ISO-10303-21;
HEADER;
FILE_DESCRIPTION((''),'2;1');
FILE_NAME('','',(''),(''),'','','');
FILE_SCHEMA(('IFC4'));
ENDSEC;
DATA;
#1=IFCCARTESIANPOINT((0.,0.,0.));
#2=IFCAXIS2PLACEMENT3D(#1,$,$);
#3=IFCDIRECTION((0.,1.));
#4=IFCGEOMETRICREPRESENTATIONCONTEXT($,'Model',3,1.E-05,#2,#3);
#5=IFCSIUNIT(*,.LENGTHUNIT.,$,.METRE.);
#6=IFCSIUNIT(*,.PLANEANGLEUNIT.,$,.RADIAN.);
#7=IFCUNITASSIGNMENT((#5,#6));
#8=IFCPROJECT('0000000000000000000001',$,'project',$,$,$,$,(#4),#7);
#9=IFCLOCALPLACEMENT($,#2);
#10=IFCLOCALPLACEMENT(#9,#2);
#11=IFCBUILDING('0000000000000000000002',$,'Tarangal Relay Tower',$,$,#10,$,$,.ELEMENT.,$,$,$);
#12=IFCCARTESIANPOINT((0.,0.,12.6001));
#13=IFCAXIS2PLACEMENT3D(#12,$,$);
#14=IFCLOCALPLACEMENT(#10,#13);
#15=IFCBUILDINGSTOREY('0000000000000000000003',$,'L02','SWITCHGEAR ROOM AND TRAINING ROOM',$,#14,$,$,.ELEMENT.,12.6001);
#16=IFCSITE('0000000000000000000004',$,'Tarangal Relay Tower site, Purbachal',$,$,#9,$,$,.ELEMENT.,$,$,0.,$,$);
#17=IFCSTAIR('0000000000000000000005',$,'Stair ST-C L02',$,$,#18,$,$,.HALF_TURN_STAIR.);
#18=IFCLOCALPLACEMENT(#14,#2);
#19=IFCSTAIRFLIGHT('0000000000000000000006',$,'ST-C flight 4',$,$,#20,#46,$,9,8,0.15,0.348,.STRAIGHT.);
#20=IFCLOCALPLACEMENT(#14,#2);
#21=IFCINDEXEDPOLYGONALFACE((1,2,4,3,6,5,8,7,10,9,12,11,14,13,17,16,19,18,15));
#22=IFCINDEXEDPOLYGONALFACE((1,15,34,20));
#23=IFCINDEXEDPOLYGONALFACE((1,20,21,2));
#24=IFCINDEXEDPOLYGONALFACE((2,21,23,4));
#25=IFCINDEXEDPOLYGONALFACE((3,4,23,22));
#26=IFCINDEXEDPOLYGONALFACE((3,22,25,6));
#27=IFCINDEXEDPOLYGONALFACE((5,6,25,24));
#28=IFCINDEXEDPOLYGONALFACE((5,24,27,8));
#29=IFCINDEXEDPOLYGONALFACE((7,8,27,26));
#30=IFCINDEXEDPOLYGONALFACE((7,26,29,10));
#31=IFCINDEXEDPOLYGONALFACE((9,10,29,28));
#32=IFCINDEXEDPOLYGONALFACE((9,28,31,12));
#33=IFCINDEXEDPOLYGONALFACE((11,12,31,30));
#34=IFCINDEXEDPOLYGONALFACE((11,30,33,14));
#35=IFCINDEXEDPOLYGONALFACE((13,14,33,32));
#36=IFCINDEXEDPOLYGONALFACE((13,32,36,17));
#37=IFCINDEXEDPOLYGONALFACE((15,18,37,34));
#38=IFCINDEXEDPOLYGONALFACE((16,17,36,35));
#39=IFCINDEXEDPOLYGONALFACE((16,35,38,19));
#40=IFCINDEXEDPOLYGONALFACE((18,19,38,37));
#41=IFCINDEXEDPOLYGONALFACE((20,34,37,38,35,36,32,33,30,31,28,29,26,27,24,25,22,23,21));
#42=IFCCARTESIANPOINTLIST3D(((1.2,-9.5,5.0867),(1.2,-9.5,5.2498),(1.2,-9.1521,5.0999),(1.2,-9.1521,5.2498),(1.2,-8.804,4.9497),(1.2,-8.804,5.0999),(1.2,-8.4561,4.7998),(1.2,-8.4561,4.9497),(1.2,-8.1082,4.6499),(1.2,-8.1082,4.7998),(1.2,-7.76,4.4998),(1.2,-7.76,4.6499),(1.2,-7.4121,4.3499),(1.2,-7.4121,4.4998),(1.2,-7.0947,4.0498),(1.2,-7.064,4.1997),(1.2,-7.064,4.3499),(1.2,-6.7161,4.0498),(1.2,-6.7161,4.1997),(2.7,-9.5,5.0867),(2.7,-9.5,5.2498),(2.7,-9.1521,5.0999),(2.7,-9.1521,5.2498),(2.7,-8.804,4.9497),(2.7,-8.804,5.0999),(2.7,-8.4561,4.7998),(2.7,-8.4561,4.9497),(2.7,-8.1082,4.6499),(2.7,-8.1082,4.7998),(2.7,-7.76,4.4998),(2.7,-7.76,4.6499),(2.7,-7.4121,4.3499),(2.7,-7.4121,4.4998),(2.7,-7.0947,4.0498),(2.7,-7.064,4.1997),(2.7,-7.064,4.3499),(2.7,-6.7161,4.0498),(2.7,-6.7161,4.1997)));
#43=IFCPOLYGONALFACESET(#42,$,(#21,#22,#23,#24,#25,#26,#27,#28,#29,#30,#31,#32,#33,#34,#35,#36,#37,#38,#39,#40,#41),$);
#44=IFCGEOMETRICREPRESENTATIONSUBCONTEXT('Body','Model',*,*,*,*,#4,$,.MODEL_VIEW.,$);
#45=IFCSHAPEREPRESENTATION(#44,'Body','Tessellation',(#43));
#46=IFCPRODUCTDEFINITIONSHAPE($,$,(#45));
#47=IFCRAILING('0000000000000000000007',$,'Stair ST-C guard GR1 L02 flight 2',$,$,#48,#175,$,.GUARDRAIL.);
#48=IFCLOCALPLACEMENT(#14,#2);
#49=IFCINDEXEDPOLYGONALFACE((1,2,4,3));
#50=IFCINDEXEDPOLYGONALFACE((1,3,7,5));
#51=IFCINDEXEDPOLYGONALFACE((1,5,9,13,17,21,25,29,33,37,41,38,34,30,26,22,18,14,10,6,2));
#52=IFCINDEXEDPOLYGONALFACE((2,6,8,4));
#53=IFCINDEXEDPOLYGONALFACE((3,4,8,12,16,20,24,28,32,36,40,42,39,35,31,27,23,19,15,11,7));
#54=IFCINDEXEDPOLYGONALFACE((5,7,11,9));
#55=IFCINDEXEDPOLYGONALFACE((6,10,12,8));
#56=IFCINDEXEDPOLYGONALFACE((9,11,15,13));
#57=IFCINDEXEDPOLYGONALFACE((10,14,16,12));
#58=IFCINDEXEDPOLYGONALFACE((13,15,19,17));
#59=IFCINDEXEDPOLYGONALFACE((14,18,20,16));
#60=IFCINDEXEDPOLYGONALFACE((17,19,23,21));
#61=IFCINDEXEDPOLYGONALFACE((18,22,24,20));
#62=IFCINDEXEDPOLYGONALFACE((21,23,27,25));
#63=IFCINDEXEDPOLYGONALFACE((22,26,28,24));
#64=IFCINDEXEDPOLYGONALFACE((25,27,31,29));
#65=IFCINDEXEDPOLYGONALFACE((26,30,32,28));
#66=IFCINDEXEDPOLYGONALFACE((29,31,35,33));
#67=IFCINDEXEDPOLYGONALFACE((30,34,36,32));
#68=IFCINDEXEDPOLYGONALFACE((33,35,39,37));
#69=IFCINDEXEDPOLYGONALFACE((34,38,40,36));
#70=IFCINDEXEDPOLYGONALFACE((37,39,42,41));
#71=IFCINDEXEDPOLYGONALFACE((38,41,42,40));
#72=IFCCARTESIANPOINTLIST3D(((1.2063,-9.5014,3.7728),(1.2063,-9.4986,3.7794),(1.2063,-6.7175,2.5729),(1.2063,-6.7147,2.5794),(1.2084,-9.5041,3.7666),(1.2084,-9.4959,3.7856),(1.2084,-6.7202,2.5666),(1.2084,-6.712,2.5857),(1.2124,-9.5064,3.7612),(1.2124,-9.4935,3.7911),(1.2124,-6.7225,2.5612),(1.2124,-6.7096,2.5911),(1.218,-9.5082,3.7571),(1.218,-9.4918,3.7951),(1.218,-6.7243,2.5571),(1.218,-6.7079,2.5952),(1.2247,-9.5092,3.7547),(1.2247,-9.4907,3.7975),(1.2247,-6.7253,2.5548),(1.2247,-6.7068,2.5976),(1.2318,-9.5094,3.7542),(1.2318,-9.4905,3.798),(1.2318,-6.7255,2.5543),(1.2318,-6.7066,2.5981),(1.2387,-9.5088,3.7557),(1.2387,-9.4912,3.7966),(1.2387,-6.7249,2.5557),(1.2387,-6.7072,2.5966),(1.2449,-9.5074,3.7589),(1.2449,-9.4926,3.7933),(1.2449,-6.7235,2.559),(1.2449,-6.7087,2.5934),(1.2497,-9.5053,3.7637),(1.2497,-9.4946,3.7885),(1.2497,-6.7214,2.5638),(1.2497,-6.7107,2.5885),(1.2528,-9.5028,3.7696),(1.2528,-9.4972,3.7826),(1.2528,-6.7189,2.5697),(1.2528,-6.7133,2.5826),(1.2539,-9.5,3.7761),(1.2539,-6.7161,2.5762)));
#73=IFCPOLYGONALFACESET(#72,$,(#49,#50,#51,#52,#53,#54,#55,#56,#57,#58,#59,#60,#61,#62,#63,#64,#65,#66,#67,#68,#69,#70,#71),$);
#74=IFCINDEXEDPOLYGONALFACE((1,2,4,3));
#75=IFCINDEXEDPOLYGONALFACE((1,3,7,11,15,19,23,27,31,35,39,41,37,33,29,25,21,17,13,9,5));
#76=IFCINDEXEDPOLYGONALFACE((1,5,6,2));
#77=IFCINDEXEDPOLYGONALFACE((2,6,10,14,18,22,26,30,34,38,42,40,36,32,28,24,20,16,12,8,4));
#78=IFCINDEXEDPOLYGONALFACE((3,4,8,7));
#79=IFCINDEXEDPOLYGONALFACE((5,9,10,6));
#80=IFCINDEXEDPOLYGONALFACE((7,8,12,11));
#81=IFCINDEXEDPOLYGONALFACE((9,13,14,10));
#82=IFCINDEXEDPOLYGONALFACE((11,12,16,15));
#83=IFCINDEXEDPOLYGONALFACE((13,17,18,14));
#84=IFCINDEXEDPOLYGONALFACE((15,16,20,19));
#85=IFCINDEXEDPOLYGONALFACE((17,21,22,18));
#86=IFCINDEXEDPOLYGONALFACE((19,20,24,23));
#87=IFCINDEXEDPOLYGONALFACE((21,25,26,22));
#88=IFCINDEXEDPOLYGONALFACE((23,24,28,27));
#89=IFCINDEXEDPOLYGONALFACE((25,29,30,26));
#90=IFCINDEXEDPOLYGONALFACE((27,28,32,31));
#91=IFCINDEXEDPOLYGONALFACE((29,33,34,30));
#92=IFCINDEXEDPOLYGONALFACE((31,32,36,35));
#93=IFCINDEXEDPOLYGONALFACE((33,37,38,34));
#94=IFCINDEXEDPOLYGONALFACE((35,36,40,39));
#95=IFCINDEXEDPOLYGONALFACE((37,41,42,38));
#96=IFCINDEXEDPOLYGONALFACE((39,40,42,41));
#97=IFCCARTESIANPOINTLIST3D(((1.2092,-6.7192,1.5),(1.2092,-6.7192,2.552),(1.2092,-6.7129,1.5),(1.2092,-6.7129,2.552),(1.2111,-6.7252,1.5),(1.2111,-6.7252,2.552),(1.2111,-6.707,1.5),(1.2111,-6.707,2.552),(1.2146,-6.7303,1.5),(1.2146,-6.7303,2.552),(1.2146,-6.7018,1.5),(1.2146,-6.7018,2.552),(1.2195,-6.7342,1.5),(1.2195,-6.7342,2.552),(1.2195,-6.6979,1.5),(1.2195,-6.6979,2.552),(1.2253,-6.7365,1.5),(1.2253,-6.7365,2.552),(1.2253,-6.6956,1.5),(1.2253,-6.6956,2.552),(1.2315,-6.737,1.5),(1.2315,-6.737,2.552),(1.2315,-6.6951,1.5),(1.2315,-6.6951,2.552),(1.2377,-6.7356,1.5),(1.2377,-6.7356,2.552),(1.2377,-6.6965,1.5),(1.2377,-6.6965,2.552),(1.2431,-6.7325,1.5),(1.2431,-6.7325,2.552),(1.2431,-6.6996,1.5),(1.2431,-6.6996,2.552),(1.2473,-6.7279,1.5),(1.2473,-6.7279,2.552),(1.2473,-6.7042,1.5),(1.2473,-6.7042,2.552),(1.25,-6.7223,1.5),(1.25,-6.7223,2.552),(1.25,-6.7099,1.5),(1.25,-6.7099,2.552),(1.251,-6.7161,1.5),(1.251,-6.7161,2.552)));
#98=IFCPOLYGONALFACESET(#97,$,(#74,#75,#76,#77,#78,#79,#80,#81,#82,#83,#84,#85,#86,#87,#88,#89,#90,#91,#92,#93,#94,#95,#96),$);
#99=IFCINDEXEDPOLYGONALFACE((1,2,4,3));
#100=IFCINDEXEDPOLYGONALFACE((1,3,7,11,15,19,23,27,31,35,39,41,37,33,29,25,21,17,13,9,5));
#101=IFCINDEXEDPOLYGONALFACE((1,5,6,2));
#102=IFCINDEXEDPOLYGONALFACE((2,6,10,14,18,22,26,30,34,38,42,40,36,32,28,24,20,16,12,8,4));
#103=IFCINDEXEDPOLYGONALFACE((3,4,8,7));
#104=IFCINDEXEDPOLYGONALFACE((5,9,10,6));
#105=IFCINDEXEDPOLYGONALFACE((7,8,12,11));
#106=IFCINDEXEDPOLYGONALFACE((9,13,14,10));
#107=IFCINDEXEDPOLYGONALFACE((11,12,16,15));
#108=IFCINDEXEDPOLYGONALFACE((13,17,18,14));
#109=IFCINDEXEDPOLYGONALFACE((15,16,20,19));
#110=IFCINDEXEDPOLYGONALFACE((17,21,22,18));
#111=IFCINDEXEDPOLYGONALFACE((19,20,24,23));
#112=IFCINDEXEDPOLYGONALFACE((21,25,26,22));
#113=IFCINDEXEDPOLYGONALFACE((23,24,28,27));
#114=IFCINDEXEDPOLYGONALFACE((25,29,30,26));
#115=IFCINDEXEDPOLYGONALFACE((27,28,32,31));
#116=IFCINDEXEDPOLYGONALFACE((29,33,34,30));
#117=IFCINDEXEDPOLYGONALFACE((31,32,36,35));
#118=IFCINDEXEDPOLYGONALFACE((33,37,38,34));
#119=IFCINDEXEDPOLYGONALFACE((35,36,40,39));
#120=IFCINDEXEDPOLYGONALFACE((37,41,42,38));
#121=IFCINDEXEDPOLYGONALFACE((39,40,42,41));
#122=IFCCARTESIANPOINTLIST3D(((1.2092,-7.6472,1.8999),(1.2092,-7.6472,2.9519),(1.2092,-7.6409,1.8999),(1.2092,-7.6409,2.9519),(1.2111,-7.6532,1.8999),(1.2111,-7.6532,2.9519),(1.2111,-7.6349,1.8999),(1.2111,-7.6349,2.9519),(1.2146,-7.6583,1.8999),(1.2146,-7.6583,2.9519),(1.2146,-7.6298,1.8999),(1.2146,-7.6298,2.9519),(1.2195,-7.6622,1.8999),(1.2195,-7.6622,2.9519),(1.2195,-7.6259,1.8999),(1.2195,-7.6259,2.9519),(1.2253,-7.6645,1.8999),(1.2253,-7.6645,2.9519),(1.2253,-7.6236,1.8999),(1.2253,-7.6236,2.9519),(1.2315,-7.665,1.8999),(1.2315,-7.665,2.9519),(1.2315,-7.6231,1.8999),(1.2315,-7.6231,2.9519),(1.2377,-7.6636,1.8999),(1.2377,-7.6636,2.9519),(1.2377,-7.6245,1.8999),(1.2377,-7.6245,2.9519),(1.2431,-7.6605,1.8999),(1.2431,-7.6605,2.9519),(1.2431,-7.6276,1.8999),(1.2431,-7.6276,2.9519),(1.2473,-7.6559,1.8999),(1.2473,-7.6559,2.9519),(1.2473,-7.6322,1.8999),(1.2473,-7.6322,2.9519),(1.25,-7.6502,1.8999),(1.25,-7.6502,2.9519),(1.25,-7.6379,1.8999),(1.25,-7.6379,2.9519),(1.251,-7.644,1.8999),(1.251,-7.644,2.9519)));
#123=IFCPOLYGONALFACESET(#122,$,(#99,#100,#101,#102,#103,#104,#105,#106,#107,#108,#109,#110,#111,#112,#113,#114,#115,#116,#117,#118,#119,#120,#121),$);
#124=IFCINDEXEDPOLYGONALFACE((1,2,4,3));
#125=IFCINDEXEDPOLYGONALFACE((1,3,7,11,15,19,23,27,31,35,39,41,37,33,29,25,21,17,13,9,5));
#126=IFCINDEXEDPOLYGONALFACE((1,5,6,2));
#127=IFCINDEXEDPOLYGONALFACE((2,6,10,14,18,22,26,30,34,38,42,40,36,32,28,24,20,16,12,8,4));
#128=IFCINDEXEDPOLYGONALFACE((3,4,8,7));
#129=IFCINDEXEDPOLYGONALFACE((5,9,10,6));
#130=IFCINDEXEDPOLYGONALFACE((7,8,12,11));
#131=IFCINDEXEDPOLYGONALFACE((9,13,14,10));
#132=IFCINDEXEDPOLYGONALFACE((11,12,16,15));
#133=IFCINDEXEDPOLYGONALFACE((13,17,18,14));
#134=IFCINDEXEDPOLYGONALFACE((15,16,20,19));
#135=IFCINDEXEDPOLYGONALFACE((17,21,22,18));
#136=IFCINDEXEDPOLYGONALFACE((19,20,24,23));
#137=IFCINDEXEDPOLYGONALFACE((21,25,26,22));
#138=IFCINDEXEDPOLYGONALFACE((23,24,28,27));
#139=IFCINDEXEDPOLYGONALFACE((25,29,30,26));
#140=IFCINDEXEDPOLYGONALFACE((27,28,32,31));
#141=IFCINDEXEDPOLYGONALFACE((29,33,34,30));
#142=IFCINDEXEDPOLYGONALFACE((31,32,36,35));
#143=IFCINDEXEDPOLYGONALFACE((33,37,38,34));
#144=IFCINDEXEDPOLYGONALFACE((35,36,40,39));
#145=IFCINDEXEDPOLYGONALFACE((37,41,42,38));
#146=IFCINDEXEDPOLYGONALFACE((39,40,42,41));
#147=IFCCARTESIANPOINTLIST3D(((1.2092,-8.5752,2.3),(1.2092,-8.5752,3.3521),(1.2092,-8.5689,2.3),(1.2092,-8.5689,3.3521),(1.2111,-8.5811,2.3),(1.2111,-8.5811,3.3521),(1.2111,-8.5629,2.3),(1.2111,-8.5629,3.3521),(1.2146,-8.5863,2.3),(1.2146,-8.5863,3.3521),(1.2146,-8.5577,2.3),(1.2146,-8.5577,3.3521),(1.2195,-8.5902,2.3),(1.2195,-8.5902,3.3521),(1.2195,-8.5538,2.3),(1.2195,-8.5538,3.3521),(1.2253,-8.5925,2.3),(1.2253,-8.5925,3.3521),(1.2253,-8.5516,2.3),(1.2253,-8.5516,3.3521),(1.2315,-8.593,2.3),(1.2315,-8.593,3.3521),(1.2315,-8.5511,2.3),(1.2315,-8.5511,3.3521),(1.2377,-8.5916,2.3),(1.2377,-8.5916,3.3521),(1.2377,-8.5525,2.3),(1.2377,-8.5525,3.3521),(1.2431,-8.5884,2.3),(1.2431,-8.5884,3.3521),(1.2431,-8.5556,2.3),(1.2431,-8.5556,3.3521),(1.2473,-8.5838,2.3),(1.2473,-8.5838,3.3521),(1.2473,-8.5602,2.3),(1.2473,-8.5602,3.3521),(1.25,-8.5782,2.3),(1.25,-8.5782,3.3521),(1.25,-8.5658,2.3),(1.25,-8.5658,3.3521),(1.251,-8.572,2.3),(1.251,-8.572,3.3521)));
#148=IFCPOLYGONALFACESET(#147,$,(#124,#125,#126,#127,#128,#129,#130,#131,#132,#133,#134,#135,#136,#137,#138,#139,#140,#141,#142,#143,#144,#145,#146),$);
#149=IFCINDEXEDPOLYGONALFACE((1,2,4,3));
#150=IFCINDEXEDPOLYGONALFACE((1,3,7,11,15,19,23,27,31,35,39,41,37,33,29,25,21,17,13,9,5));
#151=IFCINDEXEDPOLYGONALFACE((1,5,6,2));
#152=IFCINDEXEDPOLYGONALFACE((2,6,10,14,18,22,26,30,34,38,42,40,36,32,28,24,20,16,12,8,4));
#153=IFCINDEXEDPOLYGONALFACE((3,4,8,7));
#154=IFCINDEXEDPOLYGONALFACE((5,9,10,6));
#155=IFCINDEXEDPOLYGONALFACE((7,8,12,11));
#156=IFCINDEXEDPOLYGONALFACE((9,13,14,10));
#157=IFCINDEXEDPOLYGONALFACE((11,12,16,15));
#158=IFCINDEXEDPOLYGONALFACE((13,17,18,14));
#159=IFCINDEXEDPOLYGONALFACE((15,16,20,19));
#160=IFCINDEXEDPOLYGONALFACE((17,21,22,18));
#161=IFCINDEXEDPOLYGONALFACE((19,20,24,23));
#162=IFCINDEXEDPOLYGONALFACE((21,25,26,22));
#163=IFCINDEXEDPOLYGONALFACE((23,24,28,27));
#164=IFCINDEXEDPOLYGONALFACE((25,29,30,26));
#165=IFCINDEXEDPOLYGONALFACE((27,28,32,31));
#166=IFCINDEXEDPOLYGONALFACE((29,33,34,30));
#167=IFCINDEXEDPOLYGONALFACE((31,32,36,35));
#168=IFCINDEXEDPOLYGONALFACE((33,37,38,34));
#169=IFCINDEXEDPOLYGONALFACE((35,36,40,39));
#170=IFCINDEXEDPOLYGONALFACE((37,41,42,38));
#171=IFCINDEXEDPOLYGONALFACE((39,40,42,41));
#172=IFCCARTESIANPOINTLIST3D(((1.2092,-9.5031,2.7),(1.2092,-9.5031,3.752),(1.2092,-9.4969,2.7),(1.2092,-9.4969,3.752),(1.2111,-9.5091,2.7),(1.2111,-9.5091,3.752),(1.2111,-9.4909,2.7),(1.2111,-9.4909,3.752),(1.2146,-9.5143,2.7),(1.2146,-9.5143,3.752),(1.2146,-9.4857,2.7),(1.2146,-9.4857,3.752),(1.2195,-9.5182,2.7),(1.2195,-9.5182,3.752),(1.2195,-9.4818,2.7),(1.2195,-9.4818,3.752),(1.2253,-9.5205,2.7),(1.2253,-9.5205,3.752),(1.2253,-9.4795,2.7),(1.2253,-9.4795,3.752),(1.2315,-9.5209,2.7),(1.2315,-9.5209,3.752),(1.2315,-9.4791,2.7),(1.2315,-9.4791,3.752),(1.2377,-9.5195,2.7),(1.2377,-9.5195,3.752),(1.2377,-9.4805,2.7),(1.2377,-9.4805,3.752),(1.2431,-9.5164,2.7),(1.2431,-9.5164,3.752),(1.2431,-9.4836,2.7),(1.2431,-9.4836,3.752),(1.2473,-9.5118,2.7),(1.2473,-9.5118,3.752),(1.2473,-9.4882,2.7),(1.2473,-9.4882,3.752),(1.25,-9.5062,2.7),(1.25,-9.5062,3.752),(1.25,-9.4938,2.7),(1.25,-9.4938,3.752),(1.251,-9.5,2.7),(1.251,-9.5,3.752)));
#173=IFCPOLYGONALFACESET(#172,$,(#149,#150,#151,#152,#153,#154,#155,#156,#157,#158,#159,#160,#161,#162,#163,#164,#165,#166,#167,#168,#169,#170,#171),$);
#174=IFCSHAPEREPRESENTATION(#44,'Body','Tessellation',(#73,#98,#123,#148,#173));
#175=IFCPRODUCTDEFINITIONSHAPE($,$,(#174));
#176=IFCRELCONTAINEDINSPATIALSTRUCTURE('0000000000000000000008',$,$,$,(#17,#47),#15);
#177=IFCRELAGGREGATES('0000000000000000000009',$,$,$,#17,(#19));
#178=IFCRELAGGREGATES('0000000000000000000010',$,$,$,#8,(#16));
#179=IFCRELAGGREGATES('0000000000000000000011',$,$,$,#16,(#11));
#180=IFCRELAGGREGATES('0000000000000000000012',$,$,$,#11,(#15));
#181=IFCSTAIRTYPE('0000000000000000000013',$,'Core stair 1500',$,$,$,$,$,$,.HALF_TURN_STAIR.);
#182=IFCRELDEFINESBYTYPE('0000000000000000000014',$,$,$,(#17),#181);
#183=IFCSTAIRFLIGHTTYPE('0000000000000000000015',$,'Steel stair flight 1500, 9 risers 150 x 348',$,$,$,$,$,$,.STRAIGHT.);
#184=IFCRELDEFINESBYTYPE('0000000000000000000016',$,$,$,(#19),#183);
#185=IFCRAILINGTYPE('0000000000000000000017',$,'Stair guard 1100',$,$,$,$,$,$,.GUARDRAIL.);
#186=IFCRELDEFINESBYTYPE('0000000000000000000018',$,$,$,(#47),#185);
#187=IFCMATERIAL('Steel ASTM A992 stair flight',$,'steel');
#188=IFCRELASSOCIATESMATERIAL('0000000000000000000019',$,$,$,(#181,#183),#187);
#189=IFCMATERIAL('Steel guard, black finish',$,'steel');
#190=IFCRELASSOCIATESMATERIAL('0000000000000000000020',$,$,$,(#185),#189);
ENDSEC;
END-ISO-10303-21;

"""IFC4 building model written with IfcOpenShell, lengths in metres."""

from ifc_helpers import new_model, si_unit, direction, frame, origin, origin_2d, place, context, subcontext, project, spatial, polyline, circle, outline, extrude, material, type_object, element, aggregate, save


model = new_model("IFC4")

# Units and contexts
model_context = context("Model", 3, precision=1e-05, world=origin(), true_north=direction((0.0, 1.0)))
body_context = subcontext(model_context, "Body", "Model", "MODEL_VIEW")
ifc_project = project(units=[si_unit("LENGTHUNIT", "METRE"), si_unit("PLANEANGLEUNIT", "RADIAN")], contexts=[model_context])

# Site, building, storey
site_placement = place(None, origin())
site = spatial("IfcSite", under=ifc_project, at=site_placement, Name="Tarangal Relay Tower site, Purbachal", CompositionType="ELEMENT", RefElevation=0.0)
building_placement = place(site_placement, origin())
building = spatial("IfcBuilding", under=site, at=building_placement, Name="Tarangal Relay Tower", CompositionType="ELEMENT")
storey_placement = place(building_placement, frame((0.0, 0.0, 12.6001)))
storey = spatial("IfcBuildingStorey", under=building, at=storey_placement, Name="L02", Description="SWITCHGEAR ROOM AND TRAINING ROOM", CompositionType="ELEMENT", Elevation=12.6001)

# Shared definitions
ifc_material_1 = material(Name="Steel ASTM A992 stair flight", Category="steel")
stair_type = type_object("IfcStairType", Name="Core stair 1500", PredefinedType="HALF_TURN_STAIR", material=ifc_material_1)

# Stair
stair_1_placement = place(storey_placement, origin())
stair_1 = element("IfcStair", 1, at=stair_1_placement, inside=storey, type_object=stair_type, Name="Stair ST-C L02", PredefinedType="HALF_TURN_STAIR")

# Stair flight
stair_flight_type = type_object("IfcStairFlightType", Name="Steel stair flight 1500, 9 risers 150 x 348", PredefinedType="STRAIGHT", material=ifc_material_1)
stair_flight_1_placement = place(storey_placement, frame((1.95, -6.7161, 4.0498), z_axis=(0.0, 0.0, 1.0), x_axis=(0.0, -1.0, 0.0)))
stair_flight_1 = element("IfcStairFlight", 2, at=stair_flight_1_placement, type_object=stair_flight_type, Name="ST-C flight 4", NumberOfRisers=9, NumberOfTreads=8, PredefinedType="STRAIGHT", RiserHeight=0.15, TreadLength=0.348, context=body_context, shape_type="SweptSolid", body=[
    extrude(outline(polyline([(0.0, 0.0), (0.0, 0.1499), (0.3479, 0.1499), (0.3479, 0.3), (0.696, 0.3), (0.696, 0.45), (1.0439, 0.45), (1.0439, 0.6001), (1.3921, 0.6001), (1.3921, 0.75), (1.74, 0.75), (1.74, 0.8999), (2.0879, 0.8999), (2.0879, 1.05), (2.436, 1.05), (2.436, 1.2), (2.7839, 1.2), (2.7839, 1.3501), (2.7839, 1.0369), (0.3787, 0.0), (0.0, 0.0)])), frame((0.0, 0.75, 0.0), z_axis=(0.0, -1.0, 0.0), x_axis=(1.0, 0.0, 0.0)), (0.0, 0.0, 1.0), 1.5),
])
aggregate(stair_1, [stair_flight_1])

# Railing
ifc_material_2 = material(Name="Steel guard, black finish", Category="steel")
railing_type_1 = type_object("IfcRailingType", Name="Stair guard 1100", PredefinedType="GUARDRAIL", material=ifc_material_2)
for number, where, name in (
    (3, (1.23, -6.7161, 1.5), "Stair ST-C guard GR1 L02 flight 2"),
):
    element("IfcRailing", number, at=place(storey_placement, frame(where)), inside=storey, type_object=railing_type_1, Name=name, PredefinedType="GUARDRAIL", context=body_context, shape_type="SweptSolid", body=[
        extrude(circle(Radius=0.0239, at=origin_2d()), frame((0.0, 0.0, 1.0762), z_axis=(0.0, -0.918327, 0.395823), x_axis=(1.0, 0.0, 0.0)), (0.0, 0.0, 1.0), 3.0315),
        extrude(circle(Radius=0.021, at=origin_2d()), origin(), (0.0, 0.0, 1.0), 1.052),
        extrude(circle(Radius=0.021, at=origin_2d()), frame((0.0, -0.928, 0.3999)), (0.0, 0.0, 1.0), 1.052),
        extrude(circle(Radius=0.021, at=origin_2d()), frame((0.0, -1.856, 0.8)), (0.0, 0.0, 1.0), 1.052),
        extrude(circle(Radius=0.021, at=origin_2d()), frame((0.0, -2.7839, 1.2)), (0.0, 0.0, 1.0), 1.052),
    ])

save(model, "model.ifc")
